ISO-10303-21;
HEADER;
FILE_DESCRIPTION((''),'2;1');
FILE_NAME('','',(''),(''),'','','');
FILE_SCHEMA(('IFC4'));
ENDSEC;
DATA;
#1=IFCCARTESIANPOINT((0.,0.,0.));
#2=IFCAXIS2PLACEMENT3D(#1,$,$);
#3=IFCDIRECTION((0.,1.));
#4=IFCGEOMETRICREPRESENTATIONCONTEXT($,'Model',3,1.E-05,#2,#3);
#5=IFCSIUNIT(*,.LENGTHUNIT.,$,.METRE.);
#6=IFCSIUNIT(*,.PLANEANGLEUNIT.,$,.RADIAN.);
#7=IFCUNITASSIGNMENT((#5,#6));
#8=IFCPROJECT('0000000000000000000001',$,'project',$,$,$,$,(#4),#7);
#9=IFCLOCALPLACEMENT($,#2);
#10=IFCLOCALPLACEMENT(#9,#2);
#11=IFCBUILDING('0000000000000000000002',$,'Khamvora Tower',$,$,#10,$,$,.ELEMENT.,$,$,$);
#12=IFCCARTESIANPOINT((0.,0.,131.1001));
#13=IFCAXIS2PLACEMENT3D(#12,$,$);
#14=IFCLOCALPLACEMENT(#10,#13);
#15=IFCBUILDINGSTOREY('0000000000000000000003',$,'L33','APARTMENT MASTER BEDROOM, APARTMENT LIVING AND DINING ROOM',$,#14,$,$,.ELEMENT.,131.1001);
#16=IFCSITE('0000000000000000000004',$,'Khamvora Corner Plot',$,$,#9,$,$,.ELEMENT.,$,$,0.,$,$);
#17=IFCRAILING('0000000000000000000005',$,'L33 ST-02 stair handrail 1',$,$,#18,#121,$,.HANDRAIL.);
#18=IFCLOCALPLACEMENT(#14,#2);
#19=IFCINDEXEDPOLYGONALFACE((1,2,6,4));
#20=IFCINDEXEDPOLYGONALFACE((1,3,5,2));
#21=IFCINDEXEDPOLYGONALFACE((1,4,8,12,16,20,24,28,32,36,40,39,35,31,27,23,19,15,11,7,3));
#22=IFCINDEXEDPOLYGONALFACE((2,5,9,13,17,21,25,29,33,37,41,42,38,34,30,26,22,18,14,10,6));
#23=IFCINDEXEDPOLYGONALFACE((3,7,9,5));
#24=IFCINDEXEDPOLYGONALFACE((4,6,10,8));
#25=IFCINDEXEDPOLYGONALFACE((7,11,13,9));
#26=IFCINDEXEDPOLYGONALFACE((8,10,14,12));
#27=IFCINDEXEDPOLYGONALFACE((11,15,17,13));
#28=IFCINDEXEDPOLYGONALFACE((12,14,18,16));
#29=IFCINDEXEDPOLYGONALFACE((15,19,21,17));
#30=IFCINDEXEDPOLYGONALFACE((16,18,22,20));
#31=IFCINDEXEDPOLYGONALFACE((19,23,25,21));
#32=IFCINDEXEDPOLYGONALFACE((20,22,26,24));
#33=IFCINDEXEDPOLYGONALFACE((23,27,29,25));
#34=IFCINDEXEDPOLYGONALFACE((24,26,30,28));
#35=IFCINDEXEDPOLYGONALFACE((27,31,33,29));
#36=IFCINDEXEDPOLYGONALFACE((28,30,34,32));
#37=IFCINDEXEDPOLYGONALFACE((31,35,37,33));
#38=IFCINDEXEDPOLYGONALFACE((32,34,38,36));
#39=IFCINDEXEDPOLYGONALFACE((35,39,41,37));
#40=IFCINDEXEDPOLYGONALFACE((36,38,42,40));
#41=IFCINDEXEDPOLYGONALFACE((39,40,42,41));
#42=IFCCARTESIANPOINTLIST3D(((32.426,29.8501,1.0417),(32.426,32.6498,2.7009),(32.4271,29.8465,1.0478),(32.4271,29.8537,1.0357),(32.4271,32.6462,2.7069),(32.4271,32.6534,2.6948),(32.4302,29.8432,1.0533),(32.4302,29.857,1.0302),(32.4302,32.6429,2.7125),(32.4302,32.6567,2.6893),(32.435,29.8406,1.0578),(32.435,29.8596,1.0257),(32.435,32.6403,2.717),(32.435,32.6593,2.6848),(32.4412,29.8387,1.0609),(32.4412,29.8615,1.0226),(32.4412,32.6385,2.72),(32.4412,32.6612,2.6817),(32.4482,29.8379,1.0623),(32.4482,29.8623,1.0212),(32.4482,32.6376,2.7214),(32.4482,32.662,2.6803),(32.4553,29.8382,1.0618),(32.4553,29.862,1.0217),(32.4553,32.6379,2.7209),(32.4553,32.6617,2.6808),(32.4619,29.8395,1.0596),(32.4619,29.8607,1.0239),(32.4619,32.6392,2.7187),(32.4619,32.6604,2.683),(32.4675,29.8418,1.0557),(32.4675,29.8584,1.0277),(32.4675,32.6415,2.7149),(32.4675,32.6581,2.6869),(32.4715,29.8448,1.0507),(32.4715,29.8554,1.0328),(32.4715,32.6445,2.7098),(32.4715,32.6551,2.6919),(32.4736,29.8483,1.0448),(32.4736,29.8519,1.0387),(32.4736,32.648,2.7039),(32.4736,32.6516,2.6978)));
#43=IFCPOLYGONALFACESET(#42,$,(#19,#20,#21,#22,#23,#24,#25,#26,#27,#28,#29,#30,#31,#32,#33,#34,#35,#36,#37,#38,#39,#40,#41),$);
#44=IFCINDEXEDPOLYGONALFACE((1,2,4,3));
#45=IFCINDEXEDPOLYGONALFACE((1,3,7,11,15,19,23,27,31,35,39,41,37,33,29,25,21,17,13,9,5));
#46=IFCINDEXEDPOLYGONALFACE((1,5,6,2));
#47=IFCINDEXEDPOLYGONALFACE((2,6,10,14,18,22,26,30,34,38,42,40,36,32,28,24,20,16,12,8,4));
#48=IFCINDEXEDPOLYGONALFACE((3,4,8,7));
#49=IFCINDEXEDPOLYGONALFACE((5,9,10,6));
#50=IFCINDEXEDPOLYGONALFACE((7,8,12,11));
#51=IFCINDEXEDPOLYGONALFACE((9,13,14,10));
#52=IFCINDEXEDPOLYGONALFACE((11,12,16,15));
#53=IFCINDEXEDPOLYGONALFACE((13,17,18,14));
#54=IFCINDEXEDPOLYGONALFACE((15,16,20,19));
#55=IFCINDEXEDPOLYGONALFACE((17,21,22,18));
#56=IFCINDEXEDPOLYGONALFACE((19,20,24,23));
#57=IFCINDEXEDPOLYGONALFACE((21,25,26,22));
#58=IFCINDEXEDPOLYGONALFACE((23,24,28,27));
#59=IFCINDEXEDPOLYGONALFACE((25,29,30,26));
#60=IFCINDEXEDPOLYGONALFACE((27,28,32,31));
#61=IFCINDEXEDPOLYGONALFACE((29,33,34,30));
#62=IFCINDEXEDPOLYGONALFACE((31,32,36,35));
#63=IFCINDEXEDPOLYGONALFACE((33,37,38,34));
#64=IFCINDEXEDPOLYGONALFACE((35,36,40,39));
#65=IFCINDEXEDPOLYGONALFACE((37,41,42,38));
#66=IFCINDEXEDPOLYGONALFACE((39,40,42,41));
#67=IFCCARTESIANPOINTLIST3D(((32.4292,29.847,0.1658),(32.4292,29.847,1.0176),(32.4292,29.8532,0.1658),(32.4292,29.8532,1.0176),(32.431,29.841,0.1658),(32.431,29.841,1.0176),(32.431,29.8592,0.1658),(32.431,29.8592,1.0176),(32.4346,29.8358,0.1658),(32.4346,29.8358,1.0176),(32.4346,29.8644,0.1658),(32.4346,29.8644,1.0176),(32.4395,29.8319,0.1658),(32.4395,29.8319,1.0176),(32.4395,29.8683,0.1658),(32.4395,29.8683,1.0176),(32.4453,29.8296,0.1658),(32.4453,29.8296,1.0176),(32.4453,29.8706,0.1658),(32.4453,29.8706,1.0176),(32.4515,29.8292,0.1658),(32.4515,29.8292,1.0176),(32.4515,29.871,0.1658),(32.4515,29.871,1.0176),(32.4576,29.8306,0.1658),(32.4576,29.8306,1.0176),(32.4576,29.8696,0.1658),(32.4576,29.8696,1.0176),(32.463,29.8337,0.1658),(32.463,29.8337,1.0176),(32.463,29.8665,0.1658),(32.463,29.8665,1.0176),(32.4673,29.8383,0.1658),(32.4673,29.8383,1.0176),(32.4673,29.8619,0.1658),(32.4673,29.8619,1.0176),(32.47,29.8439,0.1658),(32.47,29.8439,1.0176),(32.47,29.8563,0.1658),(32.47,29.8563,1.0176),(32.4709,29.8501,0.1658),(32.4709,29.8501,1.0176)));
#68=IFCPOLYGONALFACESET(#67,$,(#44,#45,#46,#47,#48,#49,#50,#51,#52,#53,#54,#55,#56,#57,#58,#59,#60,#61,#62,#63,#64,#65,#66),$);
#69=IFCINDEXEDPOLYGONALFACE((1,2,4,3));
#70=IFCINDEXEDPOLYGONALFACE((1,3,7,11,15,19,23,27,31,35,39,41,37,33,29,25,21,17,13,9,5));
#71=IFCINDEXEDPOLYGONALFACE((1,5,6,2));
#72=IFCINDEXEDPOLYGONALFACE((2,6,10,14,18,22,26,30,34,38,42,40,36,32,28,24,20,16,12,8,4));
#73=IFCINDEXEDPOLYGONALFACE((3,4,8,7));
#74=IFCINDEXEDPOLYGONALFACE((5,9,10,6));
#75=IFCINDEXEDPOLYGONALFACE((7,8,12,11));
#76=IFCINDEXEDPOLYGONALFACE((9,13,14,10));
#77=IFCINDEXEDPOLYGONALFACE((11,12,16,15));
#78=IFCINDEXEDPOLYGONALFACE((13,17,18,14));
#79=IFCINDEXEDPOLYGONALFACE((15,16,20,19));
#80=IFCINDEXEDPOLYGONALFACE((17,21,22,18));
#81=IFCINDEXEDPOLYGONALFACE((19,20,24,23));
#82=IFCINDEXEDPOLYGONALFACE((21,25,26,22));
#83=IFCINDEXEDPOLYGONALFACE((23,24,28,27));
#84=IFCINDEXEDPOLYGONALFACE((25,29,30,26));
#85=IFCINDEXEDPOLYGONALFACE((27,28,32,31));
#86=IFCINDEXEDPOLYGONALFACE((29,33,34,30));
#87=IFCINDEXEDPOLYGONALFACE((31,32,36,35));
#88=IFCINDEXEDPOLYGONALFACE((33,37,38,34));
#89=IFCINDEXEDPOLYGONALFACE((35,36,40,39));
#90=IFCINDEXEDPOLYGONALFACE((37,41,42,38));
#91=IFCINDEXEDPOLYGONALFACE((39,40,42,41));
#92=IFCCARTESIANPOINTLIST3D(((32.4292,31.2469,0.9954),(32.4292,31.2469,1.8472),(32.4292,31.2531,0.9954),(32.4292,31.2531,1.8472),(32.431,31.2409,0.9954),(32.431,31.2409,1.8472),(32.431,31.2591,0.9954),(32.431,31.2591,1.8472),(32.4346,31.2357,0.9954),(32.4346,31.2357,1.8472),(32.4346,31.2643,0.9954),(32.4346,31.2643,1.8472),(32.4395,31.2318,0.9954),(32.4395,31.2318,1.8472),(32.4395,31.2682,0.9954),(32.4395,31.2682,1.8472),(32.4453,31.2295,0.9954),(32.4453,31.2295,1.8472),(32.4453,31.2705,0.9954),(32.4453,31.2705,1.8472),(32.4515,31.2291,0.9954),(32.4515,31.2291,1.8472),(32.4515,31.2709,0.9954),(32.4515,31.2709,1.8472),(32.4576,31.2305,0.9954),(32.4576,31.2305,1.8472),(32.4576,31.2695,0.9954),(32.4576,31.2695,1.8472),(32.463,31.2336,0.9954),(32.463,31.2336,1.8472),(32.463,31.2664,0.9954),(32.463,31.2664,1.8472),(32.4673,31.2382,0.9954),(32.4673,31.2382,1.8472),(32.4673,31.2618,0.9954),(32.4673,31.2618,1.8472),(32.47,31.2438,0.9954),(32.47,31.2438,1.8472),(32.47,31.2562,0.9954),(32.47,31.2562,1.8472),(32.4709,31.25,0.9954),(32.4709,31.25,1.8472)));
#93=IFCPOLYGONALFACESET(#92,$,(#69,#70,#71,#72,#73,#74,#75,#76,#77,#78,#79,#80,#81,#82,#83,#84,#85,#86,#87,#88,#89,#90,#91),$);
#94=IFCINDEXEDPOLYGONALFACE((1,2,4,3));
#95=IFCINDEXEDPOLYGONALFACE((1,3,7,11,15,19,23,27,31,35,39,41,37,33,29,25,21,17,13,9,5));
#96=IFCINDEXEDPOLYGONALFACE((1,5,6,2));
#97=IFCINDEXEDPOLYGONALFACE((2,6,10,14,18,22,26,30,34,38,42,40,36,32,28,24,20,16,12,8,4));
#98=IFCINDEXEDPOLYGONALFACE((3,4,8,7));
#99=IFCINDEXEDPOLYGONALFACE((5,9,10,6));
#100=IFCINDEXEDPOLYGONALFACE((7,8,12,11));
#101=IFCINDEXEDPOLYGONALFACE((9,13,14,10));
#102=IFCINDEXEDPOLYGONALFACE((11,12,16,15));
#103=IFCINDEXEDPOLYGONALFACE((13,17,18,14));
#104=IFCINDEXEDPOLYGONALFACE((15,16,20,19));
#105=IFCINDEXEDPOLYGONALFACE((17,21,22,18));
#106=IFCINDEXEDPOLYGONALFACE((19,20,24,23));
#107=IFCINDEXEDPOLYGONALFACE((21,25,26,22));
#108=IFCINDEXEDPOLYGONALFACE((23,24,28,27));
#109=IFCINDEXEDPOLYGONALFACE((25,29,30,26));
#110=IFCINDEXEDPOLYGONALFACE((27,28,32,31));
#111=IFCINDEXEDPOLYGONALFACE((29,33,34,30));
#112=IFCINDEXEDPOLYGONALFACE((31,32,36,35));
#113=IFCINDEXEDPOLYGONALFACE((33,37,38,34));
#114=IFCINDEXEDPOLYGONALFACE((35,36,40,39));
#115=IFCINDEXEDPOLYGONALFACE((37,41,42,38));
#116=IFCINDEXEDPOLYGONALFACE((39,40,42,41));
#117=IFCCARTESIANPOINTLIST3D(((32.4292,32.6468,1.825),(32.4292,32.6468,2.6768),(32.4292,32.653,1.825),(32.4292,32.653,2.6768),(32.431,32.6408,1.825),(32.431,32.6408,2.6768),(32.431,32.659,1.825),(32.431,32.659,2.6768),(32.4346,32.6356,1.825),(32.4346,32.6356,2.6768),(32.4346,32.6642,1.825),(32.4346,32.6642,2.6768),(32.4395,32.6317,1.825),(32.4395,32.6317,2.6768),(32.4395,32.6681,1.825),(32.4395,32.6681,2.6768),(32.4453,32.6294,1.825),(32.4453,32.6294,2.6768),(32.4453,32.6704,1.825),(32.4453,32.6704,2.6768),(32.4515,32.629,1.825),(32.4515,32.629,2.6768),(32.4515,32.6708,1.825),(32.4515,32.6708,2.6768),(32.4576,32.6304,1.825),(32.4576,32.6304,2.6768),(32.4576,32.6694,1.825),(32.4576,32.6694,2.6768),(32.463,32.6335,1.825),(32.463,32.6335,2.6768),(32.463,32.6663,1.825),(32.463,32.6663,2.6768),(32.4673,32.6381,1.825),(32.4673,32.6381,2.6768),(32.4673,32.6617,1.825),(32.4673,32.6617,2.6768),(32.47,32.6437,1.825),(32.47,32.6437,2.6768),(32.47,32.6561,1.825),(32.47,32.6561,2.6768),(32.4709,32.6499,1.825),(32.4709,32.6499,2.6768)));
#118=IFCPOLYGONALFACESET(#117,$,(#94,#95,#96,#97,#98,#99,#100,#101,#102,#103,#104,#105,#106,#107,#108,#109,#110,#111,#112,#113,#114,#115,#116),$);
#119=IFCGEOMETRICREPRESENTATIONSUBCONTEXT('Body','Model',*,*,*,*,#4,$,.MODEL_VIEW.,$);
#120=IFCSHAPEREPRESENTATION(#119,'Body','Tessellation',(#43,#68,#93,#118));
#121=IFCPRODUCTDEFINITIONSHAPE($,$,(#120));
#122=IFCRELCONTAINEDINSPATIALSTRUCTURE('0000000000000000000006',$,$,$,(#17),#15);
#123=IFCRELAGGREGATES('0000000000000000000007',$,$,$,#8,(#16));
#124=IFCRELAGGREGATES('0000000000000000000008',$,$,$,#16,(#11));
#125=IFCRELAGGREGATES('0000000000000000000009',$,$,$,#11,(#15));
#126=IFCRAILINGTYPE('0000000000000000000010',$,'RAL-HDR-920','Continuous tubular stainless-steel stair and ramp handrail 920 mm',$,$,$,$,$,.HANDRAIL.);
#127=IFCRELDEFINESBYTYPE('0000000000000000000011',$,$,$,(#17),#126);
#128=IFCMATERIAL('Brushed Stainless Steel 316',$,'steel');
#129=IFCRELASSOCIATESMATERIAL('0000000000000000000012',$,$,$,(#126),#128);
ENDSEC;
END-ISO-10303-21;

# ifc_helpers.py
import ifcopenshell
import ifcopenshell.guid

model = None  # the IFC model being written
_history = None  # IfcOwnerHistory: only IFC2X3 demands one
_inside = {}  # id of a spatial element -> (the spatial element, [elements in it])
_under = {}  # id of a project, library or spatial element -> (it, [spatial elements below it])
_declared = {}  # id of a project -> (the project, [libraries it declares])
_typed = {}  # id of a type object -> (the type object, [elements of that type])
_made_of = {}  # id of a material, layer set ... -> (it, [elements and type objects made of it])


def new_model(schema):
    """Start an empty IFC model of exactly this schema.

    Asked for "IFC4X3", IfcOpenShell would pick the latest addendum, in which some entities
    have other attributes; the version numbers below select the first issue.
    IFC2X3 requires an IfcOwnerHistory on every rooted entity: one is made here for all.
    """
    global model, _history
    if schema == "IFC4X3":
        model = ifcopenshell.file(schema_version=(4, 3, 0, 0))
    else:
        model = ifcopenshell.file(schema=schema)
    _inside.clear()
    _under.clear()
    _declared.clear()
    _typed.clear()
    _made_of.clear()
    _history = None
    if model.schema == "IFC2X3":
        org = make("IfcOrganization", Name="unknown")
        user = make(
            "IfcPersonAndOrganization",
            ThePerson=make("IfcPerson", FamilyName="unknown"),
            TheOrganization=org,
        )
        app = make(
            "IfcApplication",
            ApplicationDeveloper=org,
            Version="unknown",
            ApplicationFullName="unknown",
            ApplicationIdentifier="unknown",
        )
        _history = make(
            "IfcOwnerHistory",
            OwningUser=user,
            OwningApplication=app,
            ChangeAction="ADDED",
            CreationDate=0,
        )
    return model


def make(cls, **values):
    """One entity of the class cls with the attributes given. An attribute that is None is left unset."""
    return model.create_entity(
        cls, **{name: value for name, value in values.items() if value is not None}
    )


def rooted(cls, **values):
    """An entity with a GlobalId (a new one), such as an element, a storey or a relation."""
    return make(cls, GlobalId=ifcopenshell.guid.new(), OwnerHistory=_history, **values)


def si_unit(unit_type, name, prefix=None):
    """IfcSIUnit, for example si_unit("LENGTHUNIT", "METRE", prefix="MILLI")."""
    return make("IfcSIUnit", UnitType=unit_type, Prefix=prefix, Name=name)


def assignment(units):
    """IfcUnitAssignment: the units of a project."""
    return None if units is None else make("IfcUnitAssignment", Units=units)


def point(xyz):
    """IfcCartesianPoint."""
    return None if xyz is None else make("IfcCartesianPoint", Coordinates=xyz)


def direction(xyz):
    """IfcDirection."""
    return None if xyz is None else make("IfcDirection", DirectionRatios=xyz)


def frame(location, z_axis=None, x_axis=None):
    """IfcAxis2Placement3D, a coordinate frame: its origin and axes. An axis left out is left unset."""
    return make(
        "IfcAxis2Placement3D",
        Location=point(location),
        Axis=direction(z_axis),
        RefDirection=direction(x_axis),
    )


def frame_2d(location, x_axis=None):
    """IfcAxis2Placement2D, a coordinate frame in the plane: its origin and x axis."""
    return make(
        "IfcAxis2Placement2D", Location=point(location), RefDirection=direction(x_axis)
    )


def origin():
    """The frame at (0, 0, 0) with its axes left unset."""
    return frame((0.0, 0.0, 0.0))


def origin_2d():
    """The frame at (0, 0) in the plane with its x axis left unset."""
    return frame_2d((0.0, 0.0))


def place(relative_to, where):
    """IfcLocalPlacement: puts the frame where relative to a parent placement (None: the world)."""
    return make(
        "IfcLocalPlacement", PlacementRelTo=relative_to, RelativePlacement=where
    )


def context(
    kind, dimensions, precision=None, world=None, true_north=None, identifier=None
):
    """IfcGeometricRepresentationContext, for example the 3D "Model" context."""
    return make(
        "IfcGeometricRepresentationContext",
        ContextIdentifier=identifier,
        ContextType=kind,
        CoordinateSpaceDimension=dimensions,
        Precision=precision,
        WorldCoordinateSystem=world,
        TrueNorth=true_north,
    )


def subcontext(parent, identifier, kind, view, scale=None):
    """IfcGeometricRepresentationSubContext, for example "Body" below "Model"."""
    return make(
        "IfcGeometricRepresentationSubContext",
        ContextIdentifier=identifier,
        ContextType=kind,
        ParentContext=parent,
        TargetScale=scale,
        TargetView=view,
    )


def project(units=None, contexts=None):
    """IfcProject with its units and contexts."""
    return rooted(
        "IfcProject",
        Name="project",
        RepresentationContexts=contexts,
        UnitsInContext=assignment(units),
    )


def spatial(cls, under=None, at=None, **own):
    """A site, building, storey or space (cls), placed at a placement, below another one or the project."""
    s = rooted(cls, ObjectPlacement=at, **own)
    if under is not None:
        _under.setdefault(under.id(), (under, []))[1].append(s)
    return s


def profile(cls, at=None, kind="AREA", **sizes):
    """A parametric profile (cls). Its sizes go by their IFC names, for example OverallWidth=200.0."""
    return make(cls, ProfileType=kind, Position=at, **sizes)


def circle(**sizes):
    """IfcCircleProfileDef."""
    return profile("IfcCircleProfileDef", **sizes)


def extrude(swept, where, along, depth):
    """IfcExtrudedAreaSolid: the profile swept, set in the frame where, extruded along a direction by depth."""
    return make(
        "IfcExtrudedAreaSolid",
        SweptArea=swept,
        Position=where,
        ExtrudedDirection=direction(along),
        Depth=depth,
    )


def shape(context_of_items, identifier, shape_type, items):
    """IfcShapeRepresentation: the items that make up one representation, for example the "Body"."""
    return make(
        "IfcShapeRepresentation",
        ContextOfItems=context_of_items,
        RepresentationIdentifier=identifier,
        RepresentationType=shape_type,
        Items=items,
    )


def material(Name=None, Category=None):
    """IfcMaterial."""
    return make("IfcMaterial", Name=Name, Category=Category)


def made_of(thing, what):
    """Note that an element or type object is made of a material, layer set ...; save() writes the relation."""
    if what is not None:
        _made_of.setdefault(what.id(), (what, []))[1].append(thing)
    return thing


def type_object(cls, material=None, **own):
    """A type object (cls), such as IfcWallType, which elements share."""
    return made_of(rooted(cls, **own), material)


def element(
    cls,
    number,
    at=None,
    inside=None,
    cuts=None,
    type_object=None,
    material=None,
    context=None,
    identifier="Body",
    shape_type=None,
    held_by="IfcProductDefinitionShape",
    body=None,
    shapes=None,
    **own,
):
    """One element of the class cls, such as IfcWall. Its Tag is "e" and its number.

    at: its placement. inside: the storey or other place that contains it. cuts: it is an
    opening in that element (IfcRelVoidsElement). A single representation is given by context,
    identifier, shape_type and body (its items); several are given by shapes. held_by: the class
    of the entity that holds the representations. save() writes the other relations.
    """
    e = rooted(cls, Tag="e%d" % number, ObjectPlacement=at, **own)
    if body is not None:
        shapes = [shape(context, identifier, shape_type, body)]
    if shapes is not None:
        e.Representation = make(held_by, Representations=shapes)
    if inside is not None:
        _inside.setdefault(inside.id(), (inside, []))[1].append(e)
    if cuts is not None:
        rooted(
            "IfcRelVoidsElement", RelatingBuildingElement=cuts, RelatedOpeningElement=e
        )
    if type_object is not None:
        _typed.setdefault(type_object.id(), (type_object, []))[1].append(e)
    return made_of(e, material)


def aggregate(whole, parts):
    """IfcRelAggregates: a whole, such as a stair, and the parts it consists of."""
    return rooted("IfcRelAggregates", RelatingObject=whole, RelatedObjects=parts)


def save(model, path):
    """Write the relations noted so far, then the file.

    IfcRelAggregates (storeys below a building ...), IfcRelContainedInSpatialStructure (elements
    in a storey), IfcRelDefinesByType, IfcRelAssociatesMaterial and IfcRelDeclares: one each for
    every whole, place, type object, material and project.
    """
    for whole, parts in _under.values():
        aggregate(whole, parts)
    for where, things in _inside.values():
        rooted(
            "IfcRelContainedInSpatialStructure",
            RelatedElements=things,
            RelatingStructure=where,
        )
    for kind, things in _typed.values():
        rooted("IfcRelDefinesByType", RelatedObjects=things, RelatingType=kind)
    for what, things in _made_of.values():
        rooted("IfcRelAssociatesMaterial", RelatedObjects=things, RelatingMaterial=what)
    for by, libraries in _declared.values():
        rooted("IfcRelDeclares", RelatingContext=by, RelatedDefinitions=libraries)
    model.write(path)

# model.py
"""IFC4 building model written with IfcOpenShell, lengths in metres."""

from ifc_helpers import new_model, si_unit, direction, frame, origin, origin_2d, place, context, subcontext, project, spatial, circle, extrude, material, type_object, element, save


model = new_model("IFC4")

# Units and contexts
model_context = context("Model", 3, precision=1e-05, world=origin(), true_north=direction((0.0, 1.0)))
body_context = subcontext(model_context, "Body", "Model", "MODEL_VIEW")
ifc_project = project(units=[si_unit("LENGTHUNIT", "METRE"), si_unit("PLANEANGLEUNIT", "RADIAN")], contexts=[model_context])

# Site, building, storey
site_placement = place(None, origin())
site = spatial("IfcSite", under=ifc_project, at=site_placement, Name="Khamvora Corner Plot", CompositionType="ELEMENT", RefElevation=0.0)
building_placement = place(site_placement, origin())
building = spatial("IfcBuilding", under=site, at=building_placement, Name="Khamvora Tower", CompositionType="ELEMENT")
storey_placement = place(building_placement, frame((0.0, 0.0, 131.1001)))
storey = spatial("IfcBuildingStorey", under=building, at=storey_placement, Name="L33", Description="APARTMENT MASTER BEDROOM, APARTMENT LIVING AND DINING ROOM", CompositionType="ELEMENT", Elevation=131.1001)

# Railing
ifc_material_1 = material(Name="Brushed Stainless Steel 316", Category="steel")
railing_type_1 = type_object("IfcRailingType", Name="RAL-HDR-920", Description="Continuous tubular stainless-steel stair and ramp handrail 920 mm", PredefinedType="HANDRAIL", material=ifc_material_1)
railing_1_placement = place(storey_placement, frame((32.45, 29.8501, 0.1658)))
element("IfcRailing", 1, at=railing_1_placement, inside=storey, type_object=railing_type_1, Name="L33 ST-02 stair handrail 1", PredefinedType="HANDRAIL", context=body_context, shape_type="SweptSolid", body=[
    extrude(circle(Radius=0.0239, at=origin_2d()), frame((0.0, 0.0, 0.876), z_axis=(0.0, 0.860287, 0.509811), x_axis=(-1.0, 0.0, 0.0)), (0.0, 0.0, 1.0), 3.2544),
    extrude(circle(Radius=0.021, at=origin_2d()), origin(), (0.0, 0.0, 1.0), 0.8518),
    extrude(circle(Radius=0.021, at=origin_2d()), frame((0.0, 1.3999, 0.8296)), (0.0, 0.0, 1.0), 0.8518),
    extrude(circle(Radius=0.021, at=origin_2d()), frame((0.0, 2.7998, 1.6592)), (0.0, 0.0, 1.0), 0.8518),
])

save(model, "model.ifc")
